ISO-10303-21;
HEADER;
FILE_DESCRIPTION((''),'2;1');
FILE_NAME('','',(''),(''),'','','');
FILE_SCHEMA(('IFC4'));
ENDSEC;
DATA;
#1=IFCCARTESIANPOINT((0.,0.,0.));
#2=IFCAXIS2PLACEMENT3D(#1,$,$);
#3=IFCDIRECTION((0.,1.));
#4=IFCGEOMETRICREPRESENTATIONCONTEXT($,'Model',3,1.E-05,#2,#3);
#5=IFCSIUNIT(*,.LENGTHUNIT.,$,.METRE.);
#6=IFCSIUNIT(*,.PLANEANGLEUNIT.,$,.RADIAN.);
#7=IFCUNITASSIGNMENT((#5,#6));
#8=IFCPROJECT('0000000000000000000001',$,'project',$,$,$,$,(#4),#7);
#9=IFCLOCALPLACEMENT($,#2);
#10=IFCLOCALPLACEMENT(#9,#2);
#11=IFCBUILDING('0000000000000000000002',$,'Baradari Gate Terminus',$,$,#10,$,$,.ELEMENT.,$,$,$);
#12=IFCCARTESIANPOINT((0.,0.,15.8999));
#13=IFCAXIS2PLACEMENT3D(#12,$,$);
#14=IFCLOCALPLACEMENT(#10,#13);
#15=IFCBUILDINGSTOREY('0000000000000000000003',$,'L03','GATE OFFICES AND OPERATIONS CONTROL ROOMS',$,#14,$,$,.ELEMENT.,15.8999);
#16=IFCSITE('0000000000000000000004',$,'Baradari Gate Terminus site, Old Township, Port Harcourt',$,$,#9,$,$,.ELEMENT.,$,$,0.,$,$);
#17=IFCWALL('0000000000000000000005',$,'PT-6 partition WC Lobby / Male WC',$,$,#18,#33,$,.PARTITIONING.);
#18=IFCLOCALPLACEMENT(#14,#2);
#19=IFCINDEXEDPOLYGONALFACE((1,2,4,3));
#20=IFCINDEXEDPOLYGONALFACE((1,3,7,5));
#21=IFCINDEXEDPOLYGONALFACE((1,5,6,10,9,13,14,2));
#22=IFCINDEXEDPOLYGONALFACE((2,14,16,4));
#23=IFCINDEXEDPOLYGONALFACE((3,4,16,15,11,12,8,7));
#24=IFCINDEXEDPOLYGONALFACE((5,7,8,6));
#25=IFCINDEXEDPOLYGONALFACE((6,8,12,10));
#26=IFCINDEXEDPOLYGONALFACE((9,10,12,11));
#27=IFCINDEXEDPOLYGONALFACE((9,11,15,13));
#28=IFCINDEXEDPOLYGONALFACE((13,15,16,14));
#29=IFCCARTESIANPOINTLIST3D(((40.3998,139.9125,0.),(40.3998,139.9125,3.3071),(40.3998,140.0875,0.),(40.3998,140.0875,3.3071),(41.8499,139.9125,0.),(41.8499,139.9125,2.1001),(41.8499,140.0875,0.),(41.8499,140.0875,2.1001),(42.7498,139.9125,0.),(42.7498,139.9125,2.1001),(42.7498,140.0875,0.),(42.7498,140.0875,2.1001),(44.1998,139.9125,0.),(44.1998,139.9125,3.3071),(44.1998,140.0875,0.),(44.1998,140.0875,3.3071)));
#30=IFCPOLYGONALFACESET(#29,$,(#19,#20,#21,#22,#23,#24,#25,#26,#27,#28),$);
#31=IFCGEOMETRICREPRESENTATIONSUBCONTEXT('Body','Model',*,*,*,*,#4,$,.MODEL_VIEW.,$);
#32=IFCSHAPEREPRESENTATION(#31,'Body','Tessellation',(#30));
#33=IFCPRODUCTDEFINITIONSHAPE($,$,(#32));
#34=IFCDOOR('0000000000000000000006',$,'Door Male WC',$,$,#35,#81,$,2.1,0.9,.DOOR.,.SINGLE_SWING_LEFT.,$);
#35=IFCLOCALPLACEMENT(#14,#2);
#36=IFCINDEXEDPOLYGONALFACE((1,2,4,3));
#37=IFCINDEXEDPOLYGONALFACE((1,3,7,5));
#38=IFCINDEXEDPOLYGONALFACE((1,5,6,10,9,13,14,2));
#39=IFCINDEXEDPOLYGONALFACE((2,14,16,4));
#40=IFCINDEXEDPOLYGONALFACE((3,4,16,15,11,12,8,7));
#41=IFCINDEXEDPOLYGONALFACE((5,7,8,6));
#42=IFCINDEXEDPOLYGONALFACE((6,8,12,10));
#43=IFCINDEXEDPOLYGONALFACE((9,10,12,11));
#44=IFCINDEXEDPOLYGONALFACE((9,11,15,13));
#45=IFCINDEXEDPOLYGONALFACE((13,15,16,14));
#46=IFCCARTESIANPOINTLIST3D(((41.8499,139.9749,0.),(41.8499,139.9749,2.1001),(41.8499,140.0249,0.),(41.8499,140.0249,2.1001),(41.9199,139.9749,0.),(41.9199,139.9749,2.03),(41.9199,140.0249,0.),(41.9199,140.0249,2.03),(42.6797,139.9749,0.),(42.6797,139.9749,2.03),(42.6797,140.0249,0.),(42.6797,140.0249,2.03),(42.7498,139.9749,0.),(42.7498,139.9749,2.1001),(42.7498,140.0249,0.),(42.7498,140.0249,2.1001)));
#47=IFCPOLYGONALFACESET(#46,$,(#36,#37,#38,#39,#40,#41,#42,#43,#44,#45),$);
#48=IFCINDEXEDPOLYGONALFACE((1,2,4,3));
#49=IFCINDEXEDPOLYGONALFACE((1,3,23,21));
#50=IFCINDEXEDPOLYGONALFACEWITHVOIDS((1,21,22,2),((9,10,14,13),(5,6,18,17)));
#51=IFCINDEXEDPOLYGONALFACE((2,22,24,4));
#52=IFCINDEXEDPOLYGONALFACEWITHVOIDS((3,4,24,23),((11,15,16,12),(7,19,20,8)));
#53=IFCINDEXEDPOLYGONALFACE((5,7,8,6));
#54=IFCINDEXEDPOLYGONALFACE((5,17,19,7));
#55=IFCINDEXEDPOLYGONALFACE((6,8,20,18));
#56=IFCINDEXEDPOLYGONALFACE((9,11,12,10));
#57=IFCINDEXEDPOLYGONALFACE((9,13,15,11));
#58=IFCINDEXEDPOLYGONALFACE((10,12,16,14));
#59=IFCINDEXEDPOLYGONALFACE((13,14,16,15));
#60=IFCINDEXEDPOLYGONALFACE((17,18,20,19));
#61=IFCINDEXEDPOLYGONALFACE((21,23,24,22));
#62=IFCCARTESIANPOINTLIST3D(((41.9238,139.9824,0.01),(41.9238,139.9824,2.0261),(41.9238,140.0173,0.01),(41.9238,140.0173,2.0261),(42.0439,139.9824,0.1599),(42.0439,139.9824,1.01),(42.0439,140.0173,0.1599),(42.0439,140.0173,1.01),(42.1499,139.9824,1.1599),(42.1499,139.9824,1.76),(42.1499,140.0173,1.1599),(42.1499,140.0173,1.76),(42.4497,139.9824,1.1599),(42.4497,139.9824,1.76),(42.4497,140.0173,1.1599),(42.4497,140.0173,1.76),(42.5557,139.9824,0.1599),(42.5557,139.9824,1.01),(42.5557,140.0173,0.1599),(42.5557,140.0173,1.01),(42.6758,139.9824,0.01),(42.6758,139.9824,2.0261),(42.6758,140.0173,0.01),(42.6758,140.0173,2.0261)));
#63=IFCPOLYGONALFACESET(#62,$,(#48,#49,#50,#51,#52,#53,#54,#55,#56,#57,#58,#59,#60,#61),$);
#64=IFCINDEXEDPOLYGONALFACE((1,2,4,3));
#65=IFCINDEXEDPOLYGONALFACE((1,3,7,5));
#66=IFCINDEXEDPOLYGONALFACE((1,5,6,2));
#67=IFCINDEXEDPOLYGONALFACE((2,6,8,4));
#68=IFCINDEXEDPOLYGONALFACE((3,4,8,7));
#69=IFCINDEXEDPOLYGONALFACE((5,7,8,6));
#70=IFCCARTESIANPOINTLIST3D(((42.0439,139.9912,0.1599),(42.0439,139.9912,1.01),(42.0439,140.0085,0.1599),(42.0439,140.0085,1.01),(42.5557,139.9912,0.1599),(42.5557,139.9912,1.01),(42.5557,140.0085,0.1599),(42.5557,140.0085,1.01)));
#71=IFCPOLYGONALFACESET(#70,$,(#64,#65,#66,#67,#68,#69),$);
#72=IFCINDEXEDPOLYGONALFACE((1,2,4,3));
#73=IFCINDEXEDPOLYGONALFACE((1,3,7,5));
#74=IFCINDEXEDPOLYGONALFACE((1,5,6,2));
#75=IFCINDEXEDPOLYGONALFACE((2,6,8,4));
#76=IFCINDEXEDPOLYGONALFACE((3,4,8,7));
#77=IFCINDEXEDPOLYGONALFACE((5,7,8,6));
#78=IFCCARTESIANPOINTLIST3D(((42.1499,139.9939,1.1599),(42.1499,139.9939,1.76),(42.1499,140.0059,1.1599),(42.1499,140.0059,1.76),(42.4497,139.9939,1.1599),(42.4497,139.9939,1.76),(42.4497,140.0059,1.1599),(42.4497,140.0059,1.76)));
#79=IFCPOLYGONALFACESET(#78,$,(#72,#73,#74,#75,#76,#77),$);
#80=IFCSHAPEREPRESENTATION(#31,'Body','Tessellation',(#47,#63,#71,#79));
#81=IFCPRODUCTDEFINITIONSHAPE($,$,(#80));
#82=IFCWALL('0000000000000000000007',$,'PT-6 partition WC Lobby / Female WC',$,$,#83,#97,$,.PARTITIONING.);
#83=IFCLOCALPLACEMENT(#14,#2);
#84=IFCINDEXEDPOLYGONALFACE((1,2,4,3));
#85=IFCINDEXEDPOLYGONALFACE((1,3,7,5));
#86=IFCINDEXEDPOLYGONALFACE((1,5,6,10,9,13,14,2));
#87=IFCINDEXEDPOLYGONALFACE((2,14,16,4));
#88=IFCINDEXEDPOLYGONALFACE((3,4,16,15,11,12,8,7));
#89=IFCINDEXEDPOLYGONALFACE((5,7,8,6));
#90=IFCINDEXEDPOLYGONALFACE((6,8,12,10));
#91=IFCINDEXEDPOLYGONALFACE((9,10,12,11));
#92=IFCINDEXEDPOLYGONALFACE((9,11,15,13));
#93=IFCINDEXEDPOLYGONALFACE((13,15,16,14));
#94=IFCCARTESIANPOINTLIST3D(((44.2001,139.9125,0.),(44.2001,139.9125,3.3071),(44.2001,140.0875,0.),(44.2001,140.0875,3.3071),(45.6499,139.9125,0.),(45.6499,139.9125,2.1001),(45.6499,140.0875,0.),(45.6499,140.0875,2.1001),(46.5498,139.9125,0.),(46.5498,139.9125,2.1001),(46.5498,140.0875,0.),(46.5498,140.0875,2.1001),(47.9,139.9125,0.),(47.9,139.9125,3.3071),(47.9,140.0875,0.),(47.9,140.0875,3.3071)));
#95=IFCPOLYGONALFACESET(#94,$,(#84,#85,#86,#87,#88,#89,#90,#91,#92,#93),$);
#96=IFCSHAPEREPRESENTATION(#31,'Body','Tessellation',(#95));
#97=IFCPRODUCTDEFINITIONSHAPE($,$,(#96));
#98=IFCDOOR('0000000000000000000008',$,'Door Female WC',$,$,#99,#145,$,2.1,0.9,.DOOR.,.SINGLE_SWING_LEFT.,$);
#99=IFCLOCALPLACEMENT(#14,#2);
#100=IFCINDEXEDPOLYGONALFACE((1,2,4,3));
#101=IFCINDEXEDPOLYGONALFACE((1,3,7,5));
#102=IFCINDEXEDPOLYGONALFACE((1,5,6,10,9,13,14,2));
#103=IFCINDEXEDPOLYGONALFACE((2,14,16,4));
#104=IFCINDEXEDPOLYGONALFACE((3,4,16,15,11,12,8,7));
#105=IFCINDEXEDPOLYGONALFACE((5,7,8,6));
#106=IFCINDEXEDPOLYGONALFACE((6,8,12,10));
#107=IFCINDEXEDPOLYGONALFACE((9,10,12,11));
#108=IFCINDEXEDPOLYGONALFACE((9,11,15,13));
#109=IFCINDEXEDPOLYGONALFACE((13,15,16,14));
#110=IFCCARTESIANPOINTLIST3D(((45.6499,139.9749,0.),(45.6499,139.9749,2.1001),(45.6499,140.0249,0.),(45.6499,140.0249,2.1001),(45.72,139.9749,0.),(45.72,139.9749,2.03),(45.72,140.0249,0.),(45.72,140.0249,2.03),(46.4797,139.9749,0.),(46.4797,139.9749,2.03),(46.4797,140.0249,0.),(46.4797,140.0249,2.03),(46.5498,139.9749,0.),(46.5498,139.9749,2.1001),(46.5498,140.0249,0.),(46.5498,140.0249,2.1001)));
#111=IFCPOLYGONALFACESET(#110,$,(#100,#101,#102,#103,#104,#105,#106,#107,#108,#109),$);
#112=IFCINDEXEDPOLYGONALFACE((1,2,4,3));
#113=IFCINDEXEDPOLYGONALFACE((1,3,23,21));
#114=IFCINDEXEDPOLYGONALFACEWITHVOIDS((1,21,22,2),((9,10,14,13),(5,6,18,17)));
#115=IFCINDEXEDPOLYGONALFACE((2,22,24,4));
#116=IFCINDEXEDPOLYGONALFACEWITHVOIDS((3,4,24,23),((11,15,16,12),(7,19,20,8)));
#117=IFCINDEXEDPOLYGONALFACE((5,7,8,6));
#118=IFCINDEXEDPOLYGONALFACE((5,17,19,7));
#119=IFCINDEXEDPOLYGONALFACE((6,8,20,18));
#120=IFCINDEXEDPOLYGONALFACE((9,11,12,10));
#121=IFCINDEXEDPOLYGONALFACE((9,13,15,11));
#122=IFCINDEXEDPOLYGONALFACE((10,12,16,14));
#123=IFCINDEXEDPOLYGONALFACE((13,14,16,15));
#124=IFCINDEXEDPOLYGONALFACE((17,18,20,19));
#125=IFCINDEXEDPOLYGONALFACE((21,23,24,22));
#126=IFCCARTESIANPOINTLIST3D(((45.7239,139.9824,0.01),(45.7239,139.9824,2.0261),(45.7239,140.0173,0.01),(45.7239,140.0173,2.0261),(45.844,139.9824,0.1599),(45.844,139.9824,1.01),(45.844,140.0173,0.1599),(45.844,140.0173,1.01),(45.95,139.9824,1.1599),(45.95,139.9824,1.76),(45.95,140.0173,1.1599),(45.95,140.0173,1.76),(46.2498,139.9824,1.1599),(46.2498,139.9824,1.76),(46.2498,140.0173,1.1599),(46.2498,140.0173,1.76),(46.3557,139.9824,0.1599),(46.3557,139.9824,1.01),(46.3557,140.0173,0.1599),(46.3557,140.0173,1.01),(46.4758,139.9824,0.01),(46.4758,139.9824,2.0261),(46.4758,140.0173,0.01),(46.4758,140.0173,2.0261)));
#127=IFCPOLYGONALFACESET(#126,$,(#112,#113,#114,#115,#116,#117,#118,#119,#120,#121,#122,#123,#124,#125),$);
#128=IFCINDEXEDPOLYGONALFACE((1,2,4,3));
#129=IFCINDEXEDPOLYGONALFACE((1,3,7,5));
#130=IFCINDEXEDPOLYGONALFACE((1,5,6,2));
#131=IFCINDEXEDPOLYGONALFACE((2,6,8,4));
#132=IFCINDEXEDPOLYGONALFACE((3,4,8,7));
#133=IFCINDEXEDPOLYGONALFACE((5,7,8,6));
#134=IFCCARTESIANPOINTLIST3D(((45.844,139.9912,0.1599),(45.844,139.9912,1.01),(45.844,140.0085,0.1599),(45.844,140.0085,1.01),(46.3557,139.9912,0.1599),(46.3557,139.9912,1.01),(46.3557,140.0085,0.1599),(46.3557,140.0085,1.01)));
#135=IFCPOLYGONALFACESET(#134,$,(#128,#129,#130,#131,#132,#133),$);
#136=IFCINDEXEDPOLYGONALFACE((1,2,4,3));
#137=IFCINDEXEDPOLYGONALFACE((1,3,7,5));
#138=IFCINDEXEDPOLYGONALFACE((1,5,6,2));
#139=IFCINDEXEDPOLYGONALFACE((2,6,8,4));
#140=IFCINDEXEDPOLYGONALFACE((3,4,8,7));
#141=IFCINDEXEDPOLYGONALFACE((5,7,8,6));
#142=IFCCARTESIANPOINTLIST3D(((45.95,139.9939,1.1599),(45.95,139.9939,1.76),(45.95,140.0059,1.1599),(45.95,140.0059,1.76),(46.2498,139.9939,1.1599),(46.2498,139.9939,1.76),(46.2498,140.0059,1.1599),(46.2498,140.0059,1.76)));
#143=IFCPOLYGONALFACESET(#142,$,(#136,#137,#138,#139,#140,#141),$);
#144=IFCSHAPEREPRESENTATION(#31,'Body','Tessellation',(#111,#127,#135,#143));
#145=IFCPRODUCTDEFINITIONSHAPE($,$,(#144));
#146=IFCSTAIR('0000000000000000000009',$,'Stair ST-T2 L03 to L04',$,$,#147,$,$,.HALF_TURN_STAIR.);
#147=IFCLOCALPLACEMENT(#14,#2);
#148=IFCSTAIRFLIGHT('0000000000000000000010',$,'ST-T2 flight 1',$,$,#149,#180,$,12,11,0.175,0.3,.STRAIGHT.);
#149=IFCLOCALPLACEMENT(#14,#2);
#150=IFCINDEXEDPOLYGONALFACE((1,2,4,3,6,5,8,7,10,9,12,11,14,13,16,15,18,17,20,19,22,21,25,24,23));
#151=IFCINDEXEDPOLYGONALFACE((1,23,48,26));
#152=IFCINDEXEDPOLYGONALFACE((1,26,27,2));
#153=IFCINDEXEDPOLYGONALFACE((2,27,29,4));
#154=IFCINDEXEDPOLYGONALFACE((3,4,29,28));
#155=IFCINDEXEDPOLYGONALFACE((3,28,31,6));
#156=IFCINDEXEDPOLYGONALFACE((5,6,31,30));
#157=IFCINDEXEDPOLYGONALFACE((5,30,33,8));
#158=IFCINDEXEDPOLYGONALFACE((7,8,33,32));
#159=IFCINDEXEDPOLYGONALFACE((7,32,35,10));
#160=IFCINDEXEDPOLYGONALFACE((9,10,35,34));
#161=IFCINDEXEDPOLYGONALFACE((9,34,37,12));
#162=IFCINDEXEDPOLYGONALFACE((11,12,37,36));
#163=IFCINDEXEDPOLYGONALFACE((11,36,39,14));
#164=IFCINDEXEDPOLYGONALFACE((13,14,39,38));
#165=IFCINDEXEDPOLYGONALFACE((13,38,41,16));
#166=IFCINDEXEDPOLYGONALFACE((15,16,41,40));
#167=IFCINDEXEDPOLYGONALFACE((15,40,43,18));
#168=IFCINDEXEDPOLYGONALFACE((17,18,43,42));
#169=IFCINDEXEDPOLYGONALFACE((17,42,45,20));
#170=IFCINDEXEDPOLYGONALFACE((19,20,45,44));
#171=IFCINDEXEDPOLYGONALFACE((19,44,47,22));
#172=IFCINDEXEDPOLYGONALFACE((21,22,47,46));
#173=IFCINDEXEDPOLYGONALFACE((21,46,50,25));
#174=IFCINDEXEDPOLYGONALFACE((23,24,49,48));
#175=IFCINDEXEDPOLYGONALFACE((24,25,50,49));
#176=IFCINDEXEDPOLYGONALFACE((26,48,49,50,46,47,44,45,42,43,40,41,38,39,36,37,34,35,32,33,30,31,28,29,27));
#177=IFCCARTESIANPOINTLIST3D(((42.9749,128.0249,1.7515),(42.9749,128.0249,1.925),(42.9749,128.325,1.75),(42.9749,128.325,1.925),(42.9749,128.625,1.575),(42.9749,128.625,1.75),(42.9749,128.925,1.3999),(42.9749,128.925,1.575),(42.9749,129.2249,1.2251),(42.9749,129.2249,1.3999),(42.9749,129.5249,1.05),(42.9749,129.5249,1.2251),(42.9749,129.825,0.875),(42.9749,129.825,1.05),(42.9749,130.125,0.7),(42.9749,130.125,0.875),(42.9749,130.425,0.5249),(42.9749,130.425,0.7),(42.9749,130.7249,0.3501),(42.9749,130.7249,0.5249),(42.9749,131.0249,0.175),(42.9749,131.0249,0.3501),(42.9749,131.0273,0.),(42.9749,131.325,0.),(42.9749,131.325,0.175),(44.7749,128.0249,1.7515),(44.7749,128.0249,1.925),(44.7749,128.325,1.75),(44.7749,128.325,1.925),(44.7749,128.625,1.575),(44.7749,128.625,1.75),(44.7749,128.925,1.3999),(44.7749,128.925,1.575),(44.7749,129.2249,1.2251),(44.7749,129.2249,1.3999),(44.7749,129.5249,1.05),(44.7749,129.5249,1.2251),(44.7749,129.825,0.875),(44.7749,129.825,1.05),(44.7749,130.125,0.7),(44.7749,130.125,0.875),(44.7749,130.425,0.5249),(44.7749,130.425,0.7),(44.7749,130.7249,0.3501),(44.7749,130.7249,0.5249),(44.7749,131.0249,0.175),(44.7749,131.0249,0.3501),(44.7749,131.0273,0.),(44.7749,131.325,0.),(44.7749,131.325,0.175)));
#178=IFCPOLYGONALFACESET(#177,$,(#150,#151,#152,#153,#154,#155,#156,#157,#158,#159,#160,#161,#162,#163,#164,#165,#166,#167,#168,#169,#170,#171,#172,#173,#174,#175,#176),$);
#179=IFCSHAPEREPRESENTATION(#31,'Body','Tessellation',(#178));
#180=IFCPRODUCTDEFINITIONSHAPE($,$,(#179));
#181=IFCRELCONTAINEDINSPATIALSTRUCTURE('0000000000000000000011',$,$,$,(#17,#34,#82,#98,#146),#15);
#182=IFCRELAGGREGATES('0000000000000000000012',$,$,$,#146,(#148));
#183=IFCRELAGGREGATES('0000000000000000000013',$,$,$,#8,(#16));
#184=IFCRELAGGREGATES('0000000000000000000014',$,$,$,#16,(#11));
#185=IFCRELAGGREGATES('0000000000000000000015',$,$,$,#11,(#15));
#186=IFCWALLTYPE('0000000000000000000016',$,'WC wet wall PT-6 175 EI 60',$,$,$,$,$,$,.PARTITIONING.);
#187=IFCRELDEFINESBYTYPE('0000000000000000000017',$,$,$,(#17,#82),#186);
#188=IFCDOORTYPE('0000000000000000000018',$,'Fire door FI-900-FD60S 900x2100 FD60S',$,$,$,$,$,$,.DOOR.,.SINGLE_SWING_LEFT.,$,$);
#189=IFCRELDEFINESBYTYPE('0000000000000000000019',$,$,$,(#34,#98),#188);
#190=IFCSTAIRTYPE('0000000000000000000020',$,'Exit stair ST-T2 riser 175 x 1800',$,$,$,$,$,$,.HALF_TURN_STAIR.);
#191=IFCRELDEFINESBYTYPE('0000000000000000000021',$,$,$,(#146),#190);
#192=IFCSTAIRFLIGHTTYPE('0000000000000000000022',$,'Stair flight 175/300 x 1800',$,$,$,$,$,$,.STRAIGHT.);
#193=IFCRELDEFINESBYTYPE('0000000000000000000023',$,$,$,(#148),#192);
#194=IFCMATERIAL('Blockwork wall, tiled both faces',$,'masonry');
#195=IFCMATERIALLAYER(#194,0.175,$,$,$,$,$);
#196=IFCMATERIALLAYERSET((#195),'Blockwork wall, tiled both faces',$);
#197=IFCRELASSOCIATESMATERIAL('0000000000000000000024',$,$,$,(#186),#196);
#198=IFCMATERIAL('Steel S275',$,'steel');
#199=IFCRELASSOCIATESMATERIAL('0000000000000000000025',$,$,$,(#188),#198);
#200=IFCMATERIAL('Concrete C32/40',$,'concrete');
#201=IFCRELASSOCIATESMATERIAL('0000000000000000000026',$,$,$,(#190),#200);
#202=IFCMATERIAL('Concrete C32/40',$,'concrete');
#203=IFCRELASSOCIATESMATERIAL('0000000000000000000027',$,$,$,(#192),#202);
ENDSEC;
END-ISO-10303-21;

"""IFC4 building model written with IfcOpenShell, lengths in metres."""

from ifc_helpers import new_model, si_unit, direction, frame, frame_2d, origin, place, context, subcontext, project, spatial, polyline, rectangle, outline, extrude, material, layer, layer_set, type_object, element, fill, aggregate, save


model = new_model("IFC4")

# Units and contexts
model_context = context("Model", 3, precision=1e-05, world=origin(), true_north=direction((0.0, 1.0)))
body_context = subcontext(model_context, "Body", "Model", "MODEL_VIEW")
ifc_project = project(units=[si_unit("LENGTHUNIT", "METRE"), si_unit("PLANEANGLEUNIT", "RADIAN")], contexts=[model_context])

# Site, building, storey
site_placement = place(None, origin())
site = spatial("IfcSite", under=ifc_project, at=site_placement, Name="Baradari Gate Terminus site, Old Township, Port Harcourt", CompositionType="ELEMENT", RefElevation=0.0)
building_placement = place(site_placement, origin())
building = spatial("IfcBuilding", under=site, at=building_placement, Name="Baradari Gate Terminus", CompositionType="ELEMENT")
storey_placement = place(building_placement, frame((0.0, 0.0, 15.8999)))
storey = spatial("IfcBuildingStorey", under=building, at=storey_placement, Name="L03", Description="GATE OFFICES AND OPERATIONS CONTROL ROOMS", CompositionType="ELEMENT", Elevation=15.8999)

# Walls, openings, doors
ifc_material_1 = material(Name="Blockwork wall, tiled both faces", Category="masonry")
ifc_layer = layer(ifc_material_1, 0.175)
ifc_layer_set = layer_set([ifc_layer], Name="Blockwork wall, tiled both faces")
wall_type = type_object("IfcWallType", Name="WC wet wall PT-6 175 EI 60", PredefinedType="PARTITIONING", material=ifc_layer_set)
wall_1_placement = place(storey_placement, frame((40.3999, 140.0, 0.0), z_axis=(0.0, 0.0, 1.0), x_axis=(1.0, 0.0, 0.0)))
wall_1 = element("IfcWall", 1, at=wall_1_placement, inside=storey, type_object=wall_type, Name="PT-6 partition WC Lobby / Male WC", PredefinedType="PARTITIONING", context=body_context, shape_type="SweptSolid", body=[
    extrude(rectangle(XDim=3.8, YDim=0.175, at=frame_2d((1.8999, 0.0))), origin(), (0.0, 0.0, 1.0), 3.3071),
])
opening_1_placement = place(wall_1_placement, frame((1.45, 0.0, 0.0)))
opening_1 = element("IfcOpeningElement", 2, at=opening_1_placement, cuts=wall_1, PredefinedType="OPENING", context=body_context, shape_type="SweptSolid", body=[
    extrude(rectangle(XDim=0.8999, YDim=2.1001, at=frame_2d((0.45, 1.05))), frame((0.0, 0.0974, 0.0), z_axis=(0.0, -1.0, 0.0), x_axis=(1.0, 0.0, 0.0)), (0.0, 0.0, 1.0), 0.1951),
])
ifc_material_2 = material(Name="Steel S275", Category="steel")
door_type = type_object("IfcDoorType", Name="Fire door FI-900-FD60S 900x2100 FD60S", OperationType="SINGLE_SWING_LEFT", PredefinedType="DOOR", material=ifc_material_2)
door_1_placement = place(opening_1_placement, origin())
door_1 = element("IfcDoor", 3, at=door_1_placement, inside=storey, type_object=door_type, Name="Door Male WC", OperationType="SINGLE_SWING_LEFT", OverallHeight=2.1, OverallWidth=0.9, PredefinedType="DOOR", context=body_context, shape_type="SweptSolid", body=[
    extrude(outline(polyline([(0.0, 0.0), (0.0701, 0.0), (0.0701, 2.03), (0.8298, 2.03), (0.8298, 0.0), (0.8999, 0.0), (0.8999, 2.1001), (0.0, 2.1001), (0.0, 0.0)])), frame((0.0, 0.0249, 0.0), z_axis=(0.0, -1.0, 0.0), x_axis=(1.0, 0.0, 0.0)), (0.0, 0.0, 1.0), 0.05),
    extrude(outline(polyline([(0.074, 0.01), (0.8259, 0.01), (0.8259, 2.0261), (0.074, 2.0261), (0.074, 0.01)]), holes=[polyline([(0.1941, 0.1599), (0.7058, 0.1599), (0.7058, 1.01), (0.1941, 1.01), (0.1941, 0.1599)]), polyline([(0.3, 1.1599), (0.5999, 1.1599), (0.5999, 1.76), (0.3, 1.76), (0.3, 1.1599)])]), frame((0.0, 0.0173, 0.0), z_axis=(0.0, -1.0, 0.0), x_axis=(1.0, 0.0, 0.0)), (0.0, 0.0, 1.0), 0.0349),
    extrude(rectangle(XDim=0.5117, YDim=0.8501, at=frame_2d((0.45, 0.585))), frame((0.0, 0.0085, 0.0), z_axis=(0.0, -1.0, 0.0), x_axis=(1.0, 0.0, 0.0)), (0.0, 0.0, 1.0), 0.0173),
    extrude(rectangle(XDim=0.2998, YDim=0.6001, at=frame_2d((0.45, 1.46))), frame((0.0, 0.0059, 0.0), z_axis=(0.0, -1.0, 0.0), x_axis=(1.0, 0.0, 0.0)), (0.0, 0.0, 1.0), 0.012),
])
fill(opening_1, door_1)
wall_2_placement = place(storey_placement, frame((44.2, 140.0, 0.0), z_axis=(0.0, 0.0, 1.0), x_axis=(1.0, 0.0, 0.0)))
wall_2 = element("IfcWall", 4, at=wall_2_placement, inside=storey, type_object=wall_type, Name="PT-6 partition WC Lobby / Female WC", PredefinedType="PARTITIONING", context=body_context, shape_type="SweptSolid", body=[
    extrude(rectangle(XDim=3.7, YDim=0.175, at=frame_2d((1.8501, 0.0))), origin(), (0.0, 0.0, 1.0), 3.3071),
])
opening_2_placement = place(wall_2_placement, frame((1.45, 0.0, 0.0)))
opening_2 = element("IfcOpeningElement", 5, at=opening_2_placement, cuts=wall_2, PredefinedType="OPENING", context=body_context, shape_type="SweptSolid", body=[
    extrude(rectangle(XDim=0.8999, YDim=2.1001, at=frame_2d((0.45, 1.05))), frame((0.0, 0.0974, 0.0), z_axis=(0.0, -1.0, 0.0), x_axis=(1.0, 0.0, 0.0)), (0.0, 0.0, 1.0), 0.1951),
])
door_2_placement = place(opening_2_placement, origin())
door_2 = element("IfcDoor", 6, at=door_2_placement, inside=storey, type_object=door_type, Name="Door Female WC", OperationType="SINGLE_SWING_LEFT", OverallHeight=2.1, OverallWidth=0.9, PredefinedType="DOOR", context=body_context, shape_type="SweptSolid", body=[
    extrude(outline(polyline([(0.0, 0.0), (0.0701, 0.0), (0.0701, 2.03), (0.8298, 2.03), (0.8298, 0.0), (0.8999, 0.0), (0.8999, 2.1001), (0.0, 2.1001), (0.0, 0.0)])), frame((0.0, 0.0249, 0.0), z_axis=(0.0, -1.0, 0.0), x_axis=(1.0, 0.0, 0.0)), (0.0, 0.0, 1.0), 0.05),
    extrude(outline(polyline([(0.074, 0.01), (0.8259, 0.01), (0.8259, 2.0261), (0.074, 2.0261), (0.074, 0.01)]), holes=[polyline([(0.1941, 0.1599), (0.7058, 0.1599), (0.7058, 1.01), (0.1941, 1.01), (0.1941, 0.1599)]), polyline([(0.3, 1.1599), (0.5999, 1.1599), (0.5999, 1.76), (0.3, 1.76), (0.3, 1.1599)])]), frame((0.0, 0.0173, 0.0), z_axis=(0.0, -1.0, 0.0), x_axis=(1.0, 0.0, 0.0)), (0.0, 0.0, 1.0), 0.0349),
    extrude(rectangle(XDim=0.5117, YDim=0.8501, at=frame_2d((0.45, 0.585))), frame((0.0, 0.0085, 0.0), z_axis=(0.0, -1.0, 0.0), x_axis=(1.0, 0.0, 0.0)), (0.0, 0.0, 1.0), 0.0173),
    extrude(rectangle(XDim=0.2998, YDim=0.6001, at=frame_2d((0.45, 1.46))), frame((0.0, 0.0059, 0.0), z_axis=(0.0, -1.0, 0.0), x_axis=(1.0, 0.0, 0.0)), (0.0, 0.0, 1.0), 0.012),
])
fill(opening_2, door_2)

# Stair, stair flight
ifc_material_3 = material(Name="Concrete C32/40", Category="concrete")
stair_type = type_object("IfcStairType", Name="Exit stair ST-T2 riser 175 x 1800", PredefinedType="HALF_TURN_STAIR", material=ifc_material_3)
stair_placement = place(storey_placement, origin())
stair = element("IfcStair", 7, at=stair_placement, inside=storey, type_object=stair_type, Name="Stair ST-T2 L03 to L04", PredefinedType="HALF_TURN_STAIR")
ifc_material_4 = material(Name="Concrete C32/40", Category="concrete")
stair_flight_type = type_object("IfcStairFlightType", Name="Stair flight 175/300 x 1800", PredefinedType="STRAIGHT", material=ifc_material_4)
stair_flight_placement = place(storey_placement, frame((43.875, 131.325, 0.0), z_axis=(0.0, 0.0, 1.0), x_axis=(0.0, -1.0, 0.0)))
stair_flight = element("IfcStairFlight", 8, at=stair_flight_placement, type_object=stair_flight_type, Name="ST-T2 flight 1", NumberOfRisers=12, NumberOfTreads=11, PredefinedType="STRAIGHT", RiserHeight=0.175, TreadLength=0.3, context=body_context, shape_type="SweptSolid", body=[
    extrude(outline(polyline([(0.0, 0.0), (0.0, 0.175), (0.3, 0.175), (0.3, 0.3501), (0.6001, 0.3501), (0.6001, 0.5249), (0.8999, 0.5249), (0.8999, 0.7), (1.2, 0.7), (1.2, 0.875), (1.5, 0.875), (1.5, 1.05), (1.8, 1.05), (1.8, 1.2251), (2.1001, 1.2251), (2.1001, 1.3999), (2.3999, 1.3999), (2.3999, 1.575), (2.7, 1.575), (2.7, 1.75), (3.0, 1.75), (3.0, 1.925), (3.3, 1.925), (3.3, 2.1001), (3.3, 1.7515), (0.2976, 0.0), (0.0, 0.0)])), frame((0.0, 0.8999, 0.0), z_axis=(0.0, -1.0, 0.0), x_axis=(1.0, 0.0, 0.0)), (0.0, 0.0, 1.0), 1.8),
])
aggregate(stair, [stair_flight])

save(model, "model.ifc")
